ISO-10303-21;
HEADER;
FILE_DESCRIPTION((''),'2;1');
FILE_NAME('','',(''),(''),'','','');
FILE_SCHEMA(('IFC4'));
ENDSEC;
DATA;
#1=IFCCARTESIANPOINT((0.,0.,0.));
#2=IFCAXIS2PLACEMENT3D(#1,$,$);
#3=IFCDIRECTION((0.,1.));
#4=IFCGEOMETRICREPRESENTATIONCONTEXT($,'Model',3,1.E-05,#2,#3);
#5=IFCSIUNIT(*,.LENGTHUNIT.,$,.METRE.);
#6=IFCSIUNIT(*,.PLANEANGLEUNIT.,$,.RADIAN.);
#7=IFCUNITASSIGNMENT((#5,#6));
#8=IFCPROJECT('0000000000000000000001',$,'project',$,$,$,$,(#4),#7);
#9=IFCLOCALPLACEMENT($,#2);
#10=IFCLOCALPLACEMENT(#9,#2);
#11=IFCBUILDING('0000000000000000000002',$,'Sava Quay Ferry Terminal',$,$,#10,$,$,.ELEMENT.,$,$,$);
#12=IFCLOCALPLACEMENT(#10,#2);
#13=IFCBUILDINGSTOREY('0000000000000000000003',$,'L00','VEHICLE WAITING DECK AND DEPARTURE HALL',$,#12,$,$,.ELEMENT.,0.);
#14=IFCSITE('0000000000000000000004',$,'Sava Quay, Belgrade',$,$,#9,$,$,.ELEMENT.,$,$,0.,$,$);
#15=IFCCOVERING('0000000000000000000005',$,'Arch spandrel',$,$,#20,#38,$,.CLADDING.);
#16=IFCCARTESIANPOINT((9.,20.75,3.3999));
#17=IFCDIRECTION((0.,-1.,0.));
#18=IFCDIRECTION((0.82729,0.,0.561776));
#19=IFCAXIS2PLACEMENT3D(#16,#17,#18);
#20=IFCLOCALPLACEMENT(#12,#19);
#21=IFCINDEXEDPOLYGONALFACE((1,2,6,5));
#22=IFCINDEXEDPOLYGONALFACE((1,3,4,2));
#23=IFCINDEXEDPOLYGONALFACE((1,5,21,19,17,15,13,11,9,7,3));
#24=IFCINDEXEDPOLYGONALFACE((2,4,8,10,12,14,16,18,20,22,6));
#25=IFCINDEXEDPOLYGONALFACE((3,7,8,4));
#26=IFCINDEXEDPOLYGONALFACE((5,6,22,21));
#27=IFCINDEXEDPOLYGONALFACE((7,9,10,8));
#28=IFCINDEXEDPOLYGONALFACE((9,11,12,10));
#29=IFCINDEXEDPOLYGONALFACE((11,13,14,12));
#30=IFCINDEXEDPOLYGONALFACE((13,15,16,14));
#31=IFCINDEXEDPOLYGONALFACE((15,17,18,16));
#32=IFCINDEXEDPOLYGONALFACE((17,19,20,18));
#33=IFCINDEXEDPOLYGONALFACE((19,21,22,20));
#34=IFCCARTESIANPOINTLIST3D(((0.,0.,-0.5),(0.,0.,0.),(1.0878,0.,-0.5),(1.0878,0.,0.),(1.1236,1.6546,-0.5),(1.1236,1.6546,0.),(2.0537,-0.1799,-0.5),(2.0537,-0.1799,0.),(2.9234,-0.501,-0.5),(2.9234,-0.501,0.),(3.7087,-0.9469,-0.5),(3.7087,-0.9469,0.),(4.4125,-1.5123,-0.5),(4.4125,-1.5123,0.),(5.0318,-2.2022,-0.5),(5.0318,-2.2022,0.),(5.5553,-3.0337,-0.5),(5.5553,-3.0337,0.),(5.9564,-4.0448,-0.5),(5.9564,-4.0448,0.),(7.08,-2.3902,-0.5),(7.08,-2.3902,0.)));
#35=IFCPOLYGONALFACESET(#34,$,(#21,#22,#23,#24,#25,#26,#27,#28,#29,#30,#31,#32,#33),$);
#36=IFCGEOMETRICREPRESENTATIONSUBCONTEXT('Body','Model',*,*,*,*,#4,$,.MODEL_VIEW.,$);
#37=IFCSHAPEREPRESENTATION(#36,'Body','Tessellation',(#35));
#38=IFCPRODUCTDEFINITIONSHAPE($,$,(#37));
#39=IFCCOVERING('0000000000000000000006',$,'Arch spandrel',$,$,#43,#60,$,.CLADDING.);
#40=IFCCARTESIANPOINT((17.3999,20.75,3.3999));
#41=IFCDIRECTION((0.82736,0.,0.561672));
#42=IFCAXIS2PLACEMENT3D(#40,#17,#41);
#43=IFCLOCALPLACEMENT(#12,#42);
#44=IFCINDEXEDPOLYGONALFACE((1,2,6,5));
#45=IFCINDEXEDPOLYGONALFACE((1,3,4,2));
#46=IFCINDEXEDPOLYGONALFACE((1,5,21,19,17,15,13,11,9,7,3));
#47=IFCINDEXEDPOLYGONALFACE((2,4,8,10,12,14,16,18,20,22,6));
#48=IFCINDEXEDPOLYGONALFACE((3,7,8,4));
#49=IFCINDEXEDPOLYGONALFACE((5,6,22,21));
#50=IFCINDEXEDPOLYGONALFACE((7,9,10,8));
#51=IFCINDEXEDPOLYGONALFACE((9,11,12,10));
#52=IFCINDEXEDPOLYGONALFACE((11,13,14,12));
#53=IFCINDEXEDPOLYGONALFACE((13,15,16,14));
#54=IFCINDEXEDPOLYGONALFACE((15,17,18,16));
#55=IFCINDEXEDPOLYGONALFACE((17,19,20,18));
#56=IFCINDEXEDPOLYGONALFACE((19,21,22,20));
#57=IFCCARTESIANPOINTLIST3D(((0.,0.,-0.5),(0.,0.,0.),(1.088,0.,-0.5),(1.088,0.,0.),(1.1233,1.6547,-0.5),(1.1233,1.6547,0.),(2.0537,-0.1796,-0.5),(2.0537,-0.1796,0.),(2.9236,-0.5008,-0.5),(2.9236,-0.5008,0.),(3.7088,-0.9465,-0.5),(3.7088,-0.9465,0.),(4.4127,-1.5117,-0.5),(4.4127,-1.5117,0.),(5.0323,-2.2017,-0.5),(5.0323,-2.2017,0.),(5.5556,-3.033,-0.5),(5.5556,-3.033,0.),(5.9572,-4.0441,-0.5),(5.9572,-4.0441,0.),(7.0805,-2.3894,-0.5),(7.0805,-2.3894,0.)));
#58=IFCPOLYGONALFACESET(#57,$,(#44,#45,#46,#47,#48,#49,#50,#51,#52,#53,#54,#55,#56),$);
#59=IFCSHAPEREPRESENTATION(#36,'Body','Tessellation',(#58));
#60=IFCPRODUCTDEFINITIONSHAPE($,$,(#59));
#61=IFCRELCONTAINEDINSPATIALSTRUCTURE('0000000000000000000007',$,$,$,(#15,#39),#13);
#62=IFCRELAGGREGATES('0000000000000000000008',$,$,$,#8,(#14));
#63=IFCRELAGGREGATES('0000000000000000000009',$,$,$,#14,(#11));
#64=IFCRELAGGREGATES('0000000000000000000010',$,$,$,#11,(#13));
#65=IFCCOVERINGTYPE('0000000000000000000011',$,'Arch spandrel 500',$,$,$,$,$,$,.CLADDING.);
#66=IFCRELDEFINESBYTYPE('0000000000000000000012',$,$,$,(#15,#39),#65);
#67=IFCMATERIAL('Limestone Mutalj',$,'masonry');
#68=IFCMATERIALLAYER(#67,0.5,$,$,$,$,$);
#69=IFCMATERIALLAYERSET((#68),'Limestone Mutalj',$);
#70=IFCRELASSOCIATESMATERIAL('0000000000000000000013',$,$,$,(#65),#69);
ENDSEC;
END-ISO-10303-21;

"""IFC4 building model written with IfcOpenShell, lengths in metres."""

from ifc_helpers import new_model, si_unit, direction, frame, origin, place, context, subcontext, project, spatial, polyline, outline, extrude, material, layer, layer_set, type_object, element, save


model = new_model("IFC4")

# Units and contexts
model_context = context("Model", 3, precision=1e-05, world=origin(), true_north=direction((0.0, 1.0)))
body_context = subcontext(model_context, "Body", "Model", "MODEL_VIEW")
ifc_project = project(units=[si_unit("LENGTHUNIT", "METRE"), si_unit("PLANEANGLEUNIT", "RADIAN")], contexts=[model_context])

# Site, building, storey
site_placement = place(None, origin())
site = spatial("IfcSite", under=ifc_project, at=site_placement, Name="Sava Quay, Belgrade", CompositionType="ELEMENT", RefElevation=0.0)
building_placement = place(site_placement, origin())
building = spatial("IfcBuilding", under=site, at=building_placement, Name="Sava Quay Ferry Terminal", CompositionType="ELEMENT")
storey_placement = place(building_placement, origin())
storey = spatial("IfcBuildingStorey", under=building, at=storey_placement, Name="L00", Description="VEHICLE WAITING DECK AND DEPARTURE HALL", CompositionType="ELEMENT", Elevation=0.0)

# Coverings
ifc_material_1 = material(Name="Limestone Mutalj", Category="masonry")
ifc_layer_1 = layer(ifc_material_1, 0.5)
ifc_layer_set_1 = layer_set([ifc_layer_1], Name="Limestone Mutalj")
covering_type_1 = type_object("IfcCoveringType", Name="Arch spandrel 500", PredefinedType="CLADDING", material=ifc_layer_set_1)
covering_1_placement = place(storey_placement, frame((9.0, 20.75, 3.3999), z_axis=(0.0, -1.0, 0.0), x_axis=(0.82729, 0.0, 0.561776)))
element("IfcCovering", 1, at=covering_1_placement, inside=storey, type_object=covering_type_1, Name="Arch spandrel", PredefinedType="CLADDING", context=body_context, shape_type="SweptSolid", body=[
    extrude(outline(polyline([(0.0, 0.0), (1.0878, 0.0), (2.0537, -0.1799), (2.9234, -0.501), (3.7087, -0.9469), (4.4125, -1.5123), (5.0318, -2.2022), (5.5553, -3.0337), (5.9564, -4.0448), (7.08, -2.3902), (1.1236, 1.6546), (0.0, 0.0)])), origin(), (0.0, 0.0, -1.0), 0.5),
])
covering_2_placement = place(storey_placement, frame((17.3999, 20.75, 3.3999), z_axis=(0.0, -1.0, 0.0), x_axis=(0.82736, 0.0, 0.561672)))
element("IfcCovering", 2, at=covering_2_placement, inside=storey, type_object=covering_type_1, Name="Arch spandrel", PredefinedType="CLADDING", context=body_context, shape_type="SweptSolid", body=[
    extrude(outline(polyline([(0.0, 0.0), (1.088, 0.0), (2.0537, -0.1796), (2.9236, -0.5008), (3.7088, -0.9465), (4.4127, -1.5117), (5.0323, -2.2017), (5.5556, -3.033), (5.9572, -4.0441), (7.0805, -2.3894), (1.1233, 1.6547), (0.0, 0.0)])), origin(), (0.0, 0.0, -1.0), 0.5),
])

save(model, "model.ifc")
